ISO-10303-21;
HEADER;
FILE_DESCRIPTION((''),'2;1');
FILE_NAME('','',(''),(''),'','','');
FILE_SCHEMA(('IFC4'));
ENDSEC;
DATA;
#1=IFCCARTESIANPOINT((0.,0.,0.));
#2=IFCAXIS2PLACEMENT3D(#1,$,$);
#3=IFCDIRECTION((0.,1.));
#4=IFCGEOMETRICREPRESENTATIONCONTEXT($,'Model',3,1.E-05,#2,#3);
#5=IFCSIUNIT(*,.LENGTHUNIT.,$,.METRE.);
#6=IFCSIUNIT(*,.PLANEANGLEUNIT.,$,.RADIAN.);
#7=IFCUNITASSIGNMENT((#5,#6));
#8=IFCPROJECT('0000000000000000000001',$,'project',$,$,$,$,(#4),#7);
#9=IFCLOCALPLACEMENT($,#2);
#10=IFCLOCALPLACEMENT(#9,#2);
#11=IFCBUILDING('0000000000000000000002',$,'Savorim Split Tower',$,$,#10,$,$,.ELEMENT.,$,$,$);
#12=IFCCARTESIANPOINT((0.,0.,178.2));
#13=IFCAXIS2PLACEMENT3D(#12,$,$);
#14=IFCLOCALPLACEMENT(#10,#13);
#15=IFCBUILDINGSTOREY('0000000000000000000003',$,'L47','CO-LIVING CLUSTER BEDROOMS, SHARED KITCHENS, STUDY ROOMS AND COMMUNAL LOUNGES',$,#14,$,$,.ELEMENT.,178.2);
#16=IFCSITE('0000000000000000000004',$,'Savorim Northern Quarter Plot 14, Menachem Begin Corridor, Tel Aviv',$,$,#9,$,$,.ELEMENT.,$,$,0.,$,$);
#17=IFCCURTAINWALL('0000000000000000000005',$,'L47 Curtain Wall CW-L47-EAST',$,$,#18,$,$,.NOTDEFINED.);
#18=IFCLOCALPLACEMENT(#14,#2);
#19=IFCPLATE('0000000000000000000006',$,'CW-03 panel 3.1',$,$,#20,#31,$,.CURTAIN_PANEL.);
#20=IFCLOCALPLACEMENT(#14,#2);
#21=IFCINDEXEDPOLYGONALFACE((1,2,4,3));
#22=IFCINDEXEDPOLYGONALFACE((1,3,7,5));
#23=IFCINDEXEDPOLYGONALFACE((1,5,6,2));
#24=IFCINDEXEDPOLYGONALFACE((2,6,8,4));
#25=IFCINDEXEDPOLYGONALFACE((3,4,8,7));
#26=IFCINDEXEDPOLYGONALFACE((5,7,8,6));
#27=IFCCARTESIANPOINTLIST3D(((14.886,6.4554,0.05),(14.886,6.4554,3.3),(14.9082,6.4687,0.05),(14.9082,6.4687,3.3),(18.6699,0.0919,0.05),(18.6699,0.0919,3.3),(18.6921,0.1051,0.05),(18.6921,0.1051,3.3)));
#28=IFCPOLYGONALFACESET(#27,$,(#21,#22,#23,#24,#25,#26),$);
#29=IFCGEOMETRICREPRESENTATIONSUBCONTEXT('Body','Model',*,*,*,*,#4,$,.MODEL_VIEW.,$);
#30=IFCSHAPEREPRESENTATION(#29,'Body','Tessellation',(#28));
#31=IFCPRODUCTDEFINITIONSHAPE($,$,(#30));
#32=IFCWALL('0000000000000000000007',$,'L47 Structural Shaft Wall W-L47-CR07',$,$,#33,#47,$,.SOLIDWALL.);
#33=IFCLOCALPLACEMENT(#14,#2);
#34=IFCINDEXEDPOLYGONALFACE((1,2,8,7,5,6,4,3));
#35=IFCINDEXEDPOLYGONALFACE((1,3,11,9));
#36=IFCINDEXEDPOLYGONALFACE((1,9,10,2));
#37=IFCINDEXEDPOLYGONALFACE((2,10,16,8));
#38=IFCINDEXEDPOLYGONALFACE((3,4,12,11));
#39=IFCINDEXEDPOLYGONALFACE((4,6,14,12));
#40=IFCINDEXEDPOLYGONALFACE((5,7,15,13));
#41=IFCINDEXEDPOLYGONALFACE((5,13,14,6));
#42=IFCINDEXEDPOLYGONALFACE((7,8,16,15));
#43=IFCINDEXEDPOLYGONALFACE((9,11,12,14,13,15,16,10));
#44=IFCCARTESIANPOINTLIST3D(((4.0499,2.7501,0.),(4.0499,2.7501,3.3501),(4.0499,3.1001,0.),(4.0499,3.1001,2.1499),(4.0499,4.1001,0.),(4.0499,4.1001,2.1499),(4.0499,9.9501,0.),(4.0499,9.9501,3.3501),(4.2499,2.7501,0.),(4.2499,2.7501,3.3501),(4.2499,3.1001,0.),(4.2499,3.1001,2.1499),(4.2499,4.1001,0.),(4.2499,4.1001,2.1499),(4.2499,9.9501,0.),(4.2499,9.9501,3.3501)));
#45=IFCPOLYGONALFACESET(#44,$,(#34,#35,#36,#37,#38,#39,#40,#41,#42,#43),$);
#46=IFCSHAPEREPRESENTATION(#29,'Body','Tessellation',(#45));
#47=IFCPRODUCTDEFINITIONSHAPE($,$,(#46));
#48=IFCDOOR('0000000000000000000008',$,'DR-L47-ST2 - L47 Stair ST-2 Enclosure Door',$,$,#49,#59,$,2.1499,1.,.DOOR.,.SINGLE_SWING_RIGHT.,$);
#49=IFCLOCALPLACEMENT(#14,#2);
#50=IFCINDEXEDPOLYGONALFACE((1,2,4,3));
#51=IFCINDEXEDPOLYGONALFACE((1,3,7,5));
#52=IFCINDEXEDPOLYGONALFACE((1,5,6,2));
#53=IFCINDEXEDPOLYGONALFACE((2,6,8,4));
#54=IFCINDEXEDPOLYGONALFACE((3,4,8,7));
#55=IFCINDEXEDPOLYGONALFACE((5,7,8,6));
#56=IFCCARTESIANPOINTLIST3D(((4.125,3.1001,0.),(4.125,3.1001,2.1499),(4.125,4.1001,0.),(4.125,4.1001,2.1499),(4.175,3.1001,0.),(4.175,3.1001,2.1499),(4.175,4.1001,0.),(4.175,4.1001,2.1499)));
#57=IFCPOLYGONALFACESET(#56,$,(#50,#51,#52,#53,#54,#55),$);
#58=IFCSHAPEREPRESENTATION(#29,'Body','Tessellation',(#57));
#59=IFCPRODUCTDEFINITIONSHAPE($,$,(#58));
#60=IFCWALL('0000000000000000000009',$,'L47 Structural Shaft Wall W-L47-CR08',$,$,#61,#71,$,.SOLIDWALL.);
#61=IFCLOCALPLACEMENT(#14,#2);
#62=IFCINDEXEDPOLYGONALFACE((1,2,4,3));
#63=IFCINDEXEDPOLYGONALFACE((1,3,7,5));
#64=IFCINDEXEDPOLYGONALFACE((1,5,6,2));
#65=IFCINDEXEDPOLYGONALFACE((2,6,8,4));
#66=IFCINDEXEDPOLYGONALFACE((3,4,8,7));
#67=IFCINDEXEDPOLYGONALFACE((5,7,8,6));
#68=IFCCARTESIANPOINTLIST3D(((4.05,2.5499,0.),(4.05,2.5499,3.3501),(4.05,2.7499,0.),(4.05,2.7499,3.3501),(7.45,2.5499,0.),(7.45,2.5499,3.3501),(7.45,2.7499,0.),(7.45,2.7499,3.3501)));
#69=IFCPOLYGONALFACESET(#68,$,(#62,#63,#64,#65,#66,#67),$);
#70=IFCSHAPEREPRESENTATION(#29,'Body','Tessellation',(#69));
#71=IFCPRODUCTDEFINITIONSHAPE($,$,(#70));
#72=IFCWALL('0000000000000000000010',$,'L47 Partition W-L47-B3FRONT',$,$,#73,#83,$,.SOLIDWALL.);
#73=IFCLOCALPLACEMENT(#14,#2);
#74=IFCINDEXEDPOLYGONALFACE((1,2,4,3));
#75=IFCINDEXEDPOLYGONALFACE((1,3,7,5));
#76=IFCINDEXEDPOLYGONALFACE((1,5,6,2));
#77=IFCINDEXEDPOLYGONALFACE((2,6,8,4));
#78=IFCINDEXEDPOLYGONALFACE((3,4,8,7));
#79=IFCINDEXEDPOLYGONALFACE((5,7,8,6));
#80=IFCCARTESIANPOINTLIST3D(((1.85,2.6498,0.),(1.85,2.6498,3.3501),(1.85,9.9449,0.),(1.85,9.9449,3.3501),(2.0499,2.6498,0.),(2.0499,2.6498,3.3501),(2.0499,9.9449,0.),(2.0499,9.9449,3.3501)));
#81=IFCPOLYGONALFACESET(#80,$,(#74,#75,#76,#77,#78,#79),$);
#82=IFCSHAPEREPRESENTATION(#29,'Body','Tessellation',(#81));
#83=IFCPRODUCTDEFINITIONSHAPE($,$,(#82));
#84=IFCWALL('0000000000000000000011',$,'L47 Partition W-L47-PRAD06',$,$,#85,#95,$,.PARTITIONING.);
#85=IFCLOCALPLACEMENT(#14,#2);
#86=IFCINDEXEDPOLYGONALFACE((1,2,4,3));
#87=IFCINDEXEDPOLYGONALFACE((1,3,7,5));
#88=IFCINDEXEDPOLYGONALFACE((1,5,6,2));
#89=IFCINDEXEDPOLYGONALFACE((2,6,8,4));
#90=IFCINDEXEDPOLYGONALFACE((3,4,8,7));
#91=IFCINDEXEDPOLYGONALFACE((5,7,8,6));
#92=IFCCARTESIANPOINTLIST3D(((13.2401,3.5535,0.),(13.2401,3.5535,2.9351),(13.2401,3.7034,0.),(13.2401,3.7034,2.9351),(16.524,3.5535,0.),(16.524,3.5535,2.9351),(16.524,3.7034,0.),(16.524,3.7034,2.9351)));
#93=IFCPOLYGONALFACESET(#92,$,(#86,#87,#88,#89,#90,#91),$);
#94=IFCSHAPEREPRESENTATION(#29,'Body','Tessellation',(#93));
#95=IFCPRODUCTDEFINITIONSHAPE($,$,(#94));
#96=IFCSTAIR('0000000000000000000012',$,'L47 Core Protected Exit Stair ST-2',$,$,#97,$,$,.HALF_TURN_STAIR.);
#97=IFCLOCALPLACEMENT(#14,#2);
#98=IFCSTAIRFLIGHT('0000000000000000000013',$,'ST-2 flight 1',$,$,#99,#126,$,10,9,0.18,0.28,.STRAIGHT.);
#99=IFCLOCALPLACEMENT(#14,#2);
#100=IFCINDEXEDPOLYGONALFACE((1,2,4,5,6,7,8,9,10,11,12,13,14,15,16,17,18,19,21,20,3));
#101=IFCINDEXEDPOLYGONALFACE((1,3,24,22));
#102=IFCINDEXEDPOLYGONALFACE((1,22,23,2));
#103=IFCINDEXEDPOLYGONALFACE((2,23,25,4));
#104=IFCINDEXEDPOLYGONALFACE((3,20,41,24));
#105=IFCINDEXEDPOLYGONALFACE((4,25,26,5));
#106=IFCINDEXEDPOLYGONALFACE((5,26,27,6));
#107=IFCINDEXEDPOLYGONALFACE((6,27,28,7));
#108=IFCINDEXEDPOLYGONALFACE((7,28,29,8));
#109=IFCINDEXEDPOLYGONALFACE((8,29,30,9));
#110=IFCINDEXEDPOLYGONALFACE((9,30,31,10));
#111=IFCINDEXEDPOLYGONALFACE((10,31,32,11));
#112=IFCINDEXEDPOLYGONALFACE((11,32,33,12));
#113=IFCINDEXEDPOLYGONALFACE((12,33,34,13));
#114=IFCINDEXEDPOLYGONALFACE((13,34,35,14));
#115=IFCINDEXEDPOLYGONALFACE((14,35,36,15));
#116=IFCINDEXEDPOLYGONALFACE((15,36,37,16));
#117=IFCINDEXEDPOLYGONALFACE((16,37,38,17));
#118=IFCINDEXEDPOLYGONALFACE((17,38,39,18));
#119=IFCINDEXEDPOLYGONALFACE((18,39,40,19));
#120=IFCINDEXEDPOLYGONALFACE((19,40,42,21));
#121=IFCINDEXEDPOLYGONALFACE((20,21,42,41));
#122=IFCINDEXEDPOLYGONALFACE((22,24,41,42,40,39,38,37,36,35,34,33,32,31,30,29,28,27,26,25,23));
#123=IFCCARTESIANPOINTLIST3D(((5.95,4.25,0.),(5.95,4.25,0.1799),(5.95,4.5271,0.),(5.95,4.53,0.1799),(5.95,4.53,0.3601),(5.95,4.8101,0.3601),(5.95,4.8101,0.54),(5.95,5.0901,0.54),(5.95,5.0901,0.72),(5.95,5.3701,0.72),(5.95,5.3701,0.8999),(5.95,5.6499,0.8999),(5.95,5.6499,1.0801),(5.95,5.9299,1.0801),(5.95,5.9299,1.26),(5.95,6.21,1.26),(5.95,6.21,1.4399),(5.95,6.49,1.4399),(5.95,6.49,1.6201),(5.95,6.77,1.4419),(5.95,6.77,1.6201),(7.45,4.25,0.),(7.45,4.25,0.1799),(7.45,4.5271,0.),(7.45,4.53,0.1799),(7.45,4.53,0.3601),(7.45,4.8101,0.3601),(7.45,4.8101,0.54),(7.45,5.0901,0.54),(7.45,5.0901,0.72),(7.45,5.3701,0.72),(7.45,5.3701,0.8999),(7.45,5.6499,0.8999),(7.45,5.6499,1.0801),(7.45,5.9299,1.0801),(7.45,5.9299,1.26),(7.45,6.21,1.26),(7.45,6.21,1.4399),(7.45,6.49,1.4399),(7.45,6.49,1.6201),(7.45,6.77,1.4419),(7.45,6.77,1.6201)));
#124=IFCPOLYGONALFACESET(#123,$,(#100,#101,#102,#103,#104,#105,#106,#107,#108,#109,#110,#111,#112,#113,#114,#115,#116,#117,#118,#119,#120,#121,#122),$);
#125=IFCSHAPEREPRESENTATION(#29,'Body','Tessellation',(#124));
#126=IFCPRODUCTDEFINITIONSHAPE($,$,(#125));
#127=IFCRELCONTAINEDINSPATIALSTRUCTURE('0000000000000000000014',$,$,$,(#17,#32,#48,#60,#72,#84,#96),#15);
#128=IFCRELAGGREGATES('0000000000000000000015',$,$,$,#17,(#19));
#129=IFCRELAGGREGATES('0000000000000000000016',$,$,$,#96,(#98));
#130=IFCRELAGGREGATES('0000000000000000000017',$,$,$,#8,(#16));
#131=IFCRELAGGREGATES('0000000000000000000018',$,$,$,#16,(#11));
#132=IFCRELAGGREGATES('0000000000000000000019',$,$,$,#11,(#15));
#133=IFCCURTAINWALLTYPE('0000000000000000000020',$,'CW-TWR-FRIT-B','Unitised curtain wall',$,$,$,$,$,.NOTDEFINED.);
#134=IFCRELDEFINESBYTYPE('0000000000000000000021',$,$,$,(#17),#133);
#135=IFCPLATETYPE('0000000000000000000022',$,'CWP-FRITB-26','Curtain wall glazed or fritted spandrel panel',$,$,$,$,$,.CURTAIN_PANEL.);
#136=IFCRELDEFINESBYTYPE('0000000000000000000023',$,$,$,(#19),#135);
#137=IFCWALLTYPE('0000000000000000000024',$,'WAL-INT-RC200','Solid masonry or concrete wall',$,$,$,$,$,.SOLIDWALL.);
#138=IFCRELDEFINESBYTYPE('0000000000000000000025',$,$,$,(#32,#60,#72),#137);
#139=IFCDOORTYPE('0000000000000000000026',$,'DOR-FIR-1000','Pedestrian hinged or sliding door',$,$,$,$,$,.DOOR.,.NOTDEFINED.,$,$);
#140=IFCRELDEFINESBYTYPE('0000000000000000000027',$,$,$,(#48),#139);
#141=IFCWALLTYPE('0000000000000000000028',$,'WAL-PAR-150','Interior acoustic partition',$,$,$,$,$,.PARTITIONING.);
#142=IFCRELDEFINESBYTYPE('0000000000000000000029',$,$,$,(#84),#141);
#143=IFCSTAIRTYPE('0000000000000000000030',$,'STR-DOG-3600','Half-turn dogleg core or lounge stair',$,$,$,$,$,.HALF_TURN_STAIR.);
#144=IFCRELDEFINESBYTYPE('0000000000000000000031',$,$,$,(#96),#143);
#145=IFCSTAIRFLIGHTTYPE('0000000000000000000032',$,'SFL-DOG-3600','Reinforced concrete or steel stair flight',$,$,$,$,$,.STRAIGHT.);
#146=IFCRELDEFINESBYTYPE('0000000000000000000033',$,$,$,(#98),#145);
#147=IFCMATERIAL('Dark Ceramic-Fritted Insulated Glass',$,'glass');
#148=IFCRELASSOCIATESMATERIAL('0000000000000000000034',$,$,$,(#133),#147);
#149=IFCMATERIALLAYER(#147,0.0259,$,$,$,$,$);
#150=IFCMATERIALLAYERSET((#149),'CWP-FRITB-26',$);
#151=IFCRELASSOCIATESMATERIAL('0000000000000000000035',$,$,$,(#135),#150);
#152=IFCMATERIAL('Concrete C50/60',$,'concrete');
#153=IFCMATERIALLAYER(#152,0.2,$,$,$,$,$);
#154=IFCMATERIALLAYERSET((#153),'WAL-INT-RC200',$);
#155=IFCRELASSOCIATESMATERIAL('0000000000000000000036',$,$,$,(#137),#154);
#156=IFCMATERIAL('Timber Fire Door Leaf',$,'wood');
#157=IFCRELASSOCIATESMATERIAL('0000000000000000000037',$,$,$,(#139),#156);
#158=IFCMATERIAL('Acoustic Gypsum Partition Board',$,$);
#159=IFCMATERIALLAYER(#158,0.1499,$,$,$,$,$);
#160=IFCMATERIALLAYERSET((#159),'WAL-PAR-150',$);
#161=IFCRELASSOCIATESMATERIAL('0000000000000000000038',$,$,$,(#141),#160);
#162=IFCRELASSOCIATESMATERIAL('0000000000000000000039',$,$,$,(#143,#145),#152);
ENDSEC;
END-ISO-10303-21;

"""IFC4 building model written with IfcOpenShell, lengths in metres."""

from ifc_helpers import new_model, si_unit, direction, frame, frame_2d, origin, origin_2d, place, context, subcontext, project, spatial, polyline, rectangle, outline, extrude, material, layer, layer_set, type_object, element, fill, aggregate, save


model = new_model("IFC4")

# Units and contexts
model_context = context("Model", 3, precision=1e-05, world=origin(), true_north=direction((0.0, 1.0)))
body_context = subcontext(model_context, "Body", "Model", "MODEL_VIEW")
ifc_project = project(units=[si_unit("LENGTHUNIT", "METRE"), si_unit("PLANEANGLEUNIT", "RADIAN")], contexts=[model_context])

# Site, building, storey
site_placement = place(None, origin())
site = spatial("IfcSite", under=ifc_project, at=site_placement, Name="Savorim Northern Quarter Plot 14, Menachem Begin Corridor, Tel Aviv", CompositionType="ELEMENT", RefElevation=0.0)
building_placement = place(site_placement, origin())
building = spatial("IfcBuilding", under=site, at=building_placement, Name="Savorim Split Tower", CompositionType="ELEMENT")
storey_placement = place(building_placement, frame((0.0, 0.0, 178.2)))
storey = spatial("IfcBuildingStorey", under=building, at=storey_placement, Name="L47", Description="CO-LIVING CLUSTER BEDROOMS, SHARED KITCHENS, STUDY ROOMS AND COMMUNAL LOUNGES", CompositionType="ELEMENT", Elevation=178.2)

# Curtain wall, plate
ifc_material_1 = material(Name="Dark Ceramic-Fritted Insulated Glass", Category="glass")
curtain_wall_type = type_object("IfcCurtainWallType", Name="CW-TWR-FRIT-B", Description="Unitised curtain wall", PredefinedType="NOTDEFINED", material=ifc_material_1)
curtain_wall_placement = place(storey_placement, origin())
curtain_wall = element("IfcCurtainWall", 1, at=curtain_wall_placement, inside=storey, type_object=curtain_wall_type, Name="L47 Curtain Wall CW-L47-EAST", PredefinedType="NOTDEFINED")
ifc_layer_1 = layer(ifc_material_1, 0.0259)
ifc_layer_set_1 = layer_set([ifc_layer_1], Name="CWP-FRITB-26")
plate_type = type_object("IfcPlateType", Name="CWP-FRITB-26", Description="Curtain wall glazed or fritted spandrel panel", PredefinedType="CURTAIN_PANEL", material=ifc_layer_set_1)
plate_placement = place(storey_placement, frame((16.7891, 3.2803, 0.05), z_axis=(0.0, 0.0, 1.0), x_axis=(-0.511094, 0.859525, 0.0)))
plate = element("IfcPlate", 2, at=plate_placement, type_object=plate_type, Name="CW-03 panel 3.1", PredefinedType="CURTAIN_PANEL", context=body_context, shape_type="SweptSolid", body=[
    extrude(rectangle(XDim=7.4036, YDim=0.0259, at=origin_2d()), origin(), (0.0, 0.0, 1.0), 3.25),
])
aggregate(curtain_wall, [plate])

# Wall, opening, door
ifc_material_2 = material(Name="Concrete C50/60", Category="concrete")
ifc_layer_2 = layer(ifc_material_2, 0.2)
ifc_layer_set_2 = layer_set([ifc_layer_2], Name="WAL-INT-RC200")
wall_type_1 = type_object("IfcWallType", Name="WAL-INT-RC200", Description="Solid masonry or concrete wall", PredefinedType="SOLIDWALL", material=ifc_layer_set_2)
wall_1_placement = place(storey_placement, frame((4.1499, 2.75, 0.0), z_axis=(0.0, 0.0, 1.0), x_axis=(0.0, 1.0, 0.0)))
wall_1 = element("IfcWall", 3, at=wall_1_placement, inside=storey, type_object=wall_type_1, Name="L47 Structural Shaft Wall W-L47-CR07", PredefinedType="SOLIDWALL", context=body_context, shape_type="SweptSolid", body=[
    extrude(rectangle(XDim=7.2, YDim=0.2, at=frame_2d((3.6001, 0.0))), origin(), (0.0, 0.0, 1.0), 3.3501),
])
opening_placement = place(wall_1_placement, frame((0.3501, 0.0, 0.0)))
opening = element("IfcOpeningElement", 4, at=opening_placement, cuts=wall_1, PredefinedType="OPENING", context=body_context, shape_type="SweptSolid", body=[
    extrude(rectangle(XDim=1.0, YDim=2.1499, at=frame_2d((0.5, 1.075))), frame((0.0, 0.1099, 0.0), z_axis=(0.0, -1.0, 0.0), x_axis=(1.0, 0.0, 0.0)), (0.0, 0.0, 1.0), 0.22),
])
ifc_material_3 = material(Name="Timber Fire Door Leaf", Category="wood")
door_type = type_object("IfcDoorType", Name="DOR-FIR-1000", Description="Pedestrian hinged or sliding door", OperationType="NOTDEFINED", PredefinedType="DOOR", material=ifc_material_3)
door_placement = place(opening_placement, origin())
door = element("IfcDoor", 5, at=door_placement, inside=storey, type_object=door_type, Name="DR-L47-ST2 - L47 Stair ST-2 Enclosure Door", OperationType="SINGLE_SWING_RIGHT", OverallHeight=2.1499, OverallWidth=1.0, PredefinedType="DOOR", context=body_context, shape_type="SweptSolid", body=[
    extrude(rectangle(XDim=1.0, YDim=2.1499, at=frame_2d((0.5, 1.075))), frame((0.0, 0.0249, 0.0), z_axis=(0.0, -1.0, 0.0), x_axis=(1.0, 0.0, 0.0)), (0.0, 0.0, 1.0), 0.05),
])
fill(opening, door)

# Walls
wall_2_placement = place(storey_placement, frame((4.05, 2.6499, 0.0), z_axis=(0.0, 0.0, 1.0), x_axis=(1.0, 0.0, 0.0)))
element("IfcWall", 6, at=wall_2_placement, inside=storey, type_object=wall_type_1, Name="L47 Structural Shaft Wall W-L47-CR08", PredefinedType="SOLIDWALL", context=body_context, shape_type="SweptSolid", body=[
    extrude(rectangle(XDim=3.3999, YDim=0.2, at=frame_2d((1.7, 0.0))), origin(), (0.0, 0.0, 1.0), 3.3501),
])
wall_3_placement = place(storey_placement, frame((1.95, 2.6499, 0.0), z_axis=(0.0, 0.0, 1.0), x_axis=(0.0, 1.0, 0.0)))
element("IfcWall", 7, at=wall_3_placement, inside=storey, type_object=wall_type_1, Name="L47 Partition W-L47-B3FRONT", PredefinedType="SOLIDWALL", context=body_context, shape_type="SweptSolid", body=[
    extrude(rectangle(XDim=7.2952, YDim=0.2, at=frame_2d((3.6475, 0.0))), origin(), (0.0, 0.0, 1.0), 3.3501),
])
ifc_material_4 = material(Name="Acoustic Gypsum Partition Board")
ifc_layer_3 = layer(ifc_material_4, 0.1499)
ifc_layer_set_3 = layer_set([ifc_layer_3], Name="WAL-PAR-150")
wall_type_2 = type_object("IfcWallType", Name="WAL-PAR-150", Description="Interior acoustic partition", PredefinedType="PARTITIONING", material=ifc_layer_set_3)
wall_4_placement = place(storey_placement, frame((13.24, 3.6284, 0.0), z_axis=(0.0, 0.0, 1.0), x_axis=(1.0, 0.0, 0.0)))
element("IfcWall", 8, at=wall_4_placement, inside=storey, type_object=wall_type_2, Name="L47 Partition W-L47-PRAD06", PredefinedType="PARTITIONING", context=body_context, shape_type="SweptSolid", body=[
    extrude(rectangle(XDim=3.2839, YDim=0.1499, at=frame_2d((1.6421, 0.0))), origin(), (0.0, 0.0, 1.0), 2.9351),
])

# Stair, stair flight
stair_type = type_object("IfcStairType", Name="STR-DOG-3600", Description="Half-turn dogleg core or lounge stair", PredefinedType="HALF_TURN_STAIR", material=ifc_material_2)
stair_placement = place(storey_placement, origin())
stair = element("IfcStair", 9, at=stair_placement, inside=storey, type_object=stair_type, Name="L47 Core Protected Exit Stair ST-2", PredefinedType="HALF_TURN_STAIR")
stair_flight_type = type_object("IfcStairFlightType", Name="SFL-DOG-3600", Description="Reinforced concrete or steel stair flight", PredefinedType="STRAIGHT", material=ifc_material_2)
stair_flight_placement = place(storey_placement, frame((6.7, 4.25, 0.0), z_axis=(0.0, 0.0, 1.0), x_axis=(0.0, 1.0, 0.0)))
stair_flight = element("IfcStairFlight", 10, at=stair_flight_placement, type_object=stair_flight_type, Name="ST-2 flight 1", NumberOfRisers=10, NumberOfTreads=9, PredefinedType="STRAIGHT", RiserHeight=0.18, TreadLength=0.28, context=body_context, shape_type="SweptSolid", body=[
    extrude(outline(polyline([(0.0, 0.0), (0.0, 0.1799), (0.28, 0.1799), (0.28, 0.3601), (0.5601, 0.3601), (0.5601, 0.54), (0.8401, 0.54), (0.8401, 0.72), (1.1201, 0.72), (1.1201, 0.8999), (1.3999, 0.8999), (1.3999, 1.0801), (1.6799, 1.0801), (1.6799, 1.26), (1.96, 1.26), (1.96, 1.4399), (2.24, 1.4399), (2.24, 1.6201), (2.52, 1.6201), (2.52, 1.8), (2.52, 1.4419), (0.2771, 0.0), (0.0, 0.0)])), frame((0.0, 0.75, 0.0), z_axis=(0.0, -1.0, 0.0), x_axis=(1.0, 0.0, 0.0)), (0.0, 0.0, 1.0), 1.5),
])
aggregate(stair, [stair_flight])

save(model, "model.ifc")
